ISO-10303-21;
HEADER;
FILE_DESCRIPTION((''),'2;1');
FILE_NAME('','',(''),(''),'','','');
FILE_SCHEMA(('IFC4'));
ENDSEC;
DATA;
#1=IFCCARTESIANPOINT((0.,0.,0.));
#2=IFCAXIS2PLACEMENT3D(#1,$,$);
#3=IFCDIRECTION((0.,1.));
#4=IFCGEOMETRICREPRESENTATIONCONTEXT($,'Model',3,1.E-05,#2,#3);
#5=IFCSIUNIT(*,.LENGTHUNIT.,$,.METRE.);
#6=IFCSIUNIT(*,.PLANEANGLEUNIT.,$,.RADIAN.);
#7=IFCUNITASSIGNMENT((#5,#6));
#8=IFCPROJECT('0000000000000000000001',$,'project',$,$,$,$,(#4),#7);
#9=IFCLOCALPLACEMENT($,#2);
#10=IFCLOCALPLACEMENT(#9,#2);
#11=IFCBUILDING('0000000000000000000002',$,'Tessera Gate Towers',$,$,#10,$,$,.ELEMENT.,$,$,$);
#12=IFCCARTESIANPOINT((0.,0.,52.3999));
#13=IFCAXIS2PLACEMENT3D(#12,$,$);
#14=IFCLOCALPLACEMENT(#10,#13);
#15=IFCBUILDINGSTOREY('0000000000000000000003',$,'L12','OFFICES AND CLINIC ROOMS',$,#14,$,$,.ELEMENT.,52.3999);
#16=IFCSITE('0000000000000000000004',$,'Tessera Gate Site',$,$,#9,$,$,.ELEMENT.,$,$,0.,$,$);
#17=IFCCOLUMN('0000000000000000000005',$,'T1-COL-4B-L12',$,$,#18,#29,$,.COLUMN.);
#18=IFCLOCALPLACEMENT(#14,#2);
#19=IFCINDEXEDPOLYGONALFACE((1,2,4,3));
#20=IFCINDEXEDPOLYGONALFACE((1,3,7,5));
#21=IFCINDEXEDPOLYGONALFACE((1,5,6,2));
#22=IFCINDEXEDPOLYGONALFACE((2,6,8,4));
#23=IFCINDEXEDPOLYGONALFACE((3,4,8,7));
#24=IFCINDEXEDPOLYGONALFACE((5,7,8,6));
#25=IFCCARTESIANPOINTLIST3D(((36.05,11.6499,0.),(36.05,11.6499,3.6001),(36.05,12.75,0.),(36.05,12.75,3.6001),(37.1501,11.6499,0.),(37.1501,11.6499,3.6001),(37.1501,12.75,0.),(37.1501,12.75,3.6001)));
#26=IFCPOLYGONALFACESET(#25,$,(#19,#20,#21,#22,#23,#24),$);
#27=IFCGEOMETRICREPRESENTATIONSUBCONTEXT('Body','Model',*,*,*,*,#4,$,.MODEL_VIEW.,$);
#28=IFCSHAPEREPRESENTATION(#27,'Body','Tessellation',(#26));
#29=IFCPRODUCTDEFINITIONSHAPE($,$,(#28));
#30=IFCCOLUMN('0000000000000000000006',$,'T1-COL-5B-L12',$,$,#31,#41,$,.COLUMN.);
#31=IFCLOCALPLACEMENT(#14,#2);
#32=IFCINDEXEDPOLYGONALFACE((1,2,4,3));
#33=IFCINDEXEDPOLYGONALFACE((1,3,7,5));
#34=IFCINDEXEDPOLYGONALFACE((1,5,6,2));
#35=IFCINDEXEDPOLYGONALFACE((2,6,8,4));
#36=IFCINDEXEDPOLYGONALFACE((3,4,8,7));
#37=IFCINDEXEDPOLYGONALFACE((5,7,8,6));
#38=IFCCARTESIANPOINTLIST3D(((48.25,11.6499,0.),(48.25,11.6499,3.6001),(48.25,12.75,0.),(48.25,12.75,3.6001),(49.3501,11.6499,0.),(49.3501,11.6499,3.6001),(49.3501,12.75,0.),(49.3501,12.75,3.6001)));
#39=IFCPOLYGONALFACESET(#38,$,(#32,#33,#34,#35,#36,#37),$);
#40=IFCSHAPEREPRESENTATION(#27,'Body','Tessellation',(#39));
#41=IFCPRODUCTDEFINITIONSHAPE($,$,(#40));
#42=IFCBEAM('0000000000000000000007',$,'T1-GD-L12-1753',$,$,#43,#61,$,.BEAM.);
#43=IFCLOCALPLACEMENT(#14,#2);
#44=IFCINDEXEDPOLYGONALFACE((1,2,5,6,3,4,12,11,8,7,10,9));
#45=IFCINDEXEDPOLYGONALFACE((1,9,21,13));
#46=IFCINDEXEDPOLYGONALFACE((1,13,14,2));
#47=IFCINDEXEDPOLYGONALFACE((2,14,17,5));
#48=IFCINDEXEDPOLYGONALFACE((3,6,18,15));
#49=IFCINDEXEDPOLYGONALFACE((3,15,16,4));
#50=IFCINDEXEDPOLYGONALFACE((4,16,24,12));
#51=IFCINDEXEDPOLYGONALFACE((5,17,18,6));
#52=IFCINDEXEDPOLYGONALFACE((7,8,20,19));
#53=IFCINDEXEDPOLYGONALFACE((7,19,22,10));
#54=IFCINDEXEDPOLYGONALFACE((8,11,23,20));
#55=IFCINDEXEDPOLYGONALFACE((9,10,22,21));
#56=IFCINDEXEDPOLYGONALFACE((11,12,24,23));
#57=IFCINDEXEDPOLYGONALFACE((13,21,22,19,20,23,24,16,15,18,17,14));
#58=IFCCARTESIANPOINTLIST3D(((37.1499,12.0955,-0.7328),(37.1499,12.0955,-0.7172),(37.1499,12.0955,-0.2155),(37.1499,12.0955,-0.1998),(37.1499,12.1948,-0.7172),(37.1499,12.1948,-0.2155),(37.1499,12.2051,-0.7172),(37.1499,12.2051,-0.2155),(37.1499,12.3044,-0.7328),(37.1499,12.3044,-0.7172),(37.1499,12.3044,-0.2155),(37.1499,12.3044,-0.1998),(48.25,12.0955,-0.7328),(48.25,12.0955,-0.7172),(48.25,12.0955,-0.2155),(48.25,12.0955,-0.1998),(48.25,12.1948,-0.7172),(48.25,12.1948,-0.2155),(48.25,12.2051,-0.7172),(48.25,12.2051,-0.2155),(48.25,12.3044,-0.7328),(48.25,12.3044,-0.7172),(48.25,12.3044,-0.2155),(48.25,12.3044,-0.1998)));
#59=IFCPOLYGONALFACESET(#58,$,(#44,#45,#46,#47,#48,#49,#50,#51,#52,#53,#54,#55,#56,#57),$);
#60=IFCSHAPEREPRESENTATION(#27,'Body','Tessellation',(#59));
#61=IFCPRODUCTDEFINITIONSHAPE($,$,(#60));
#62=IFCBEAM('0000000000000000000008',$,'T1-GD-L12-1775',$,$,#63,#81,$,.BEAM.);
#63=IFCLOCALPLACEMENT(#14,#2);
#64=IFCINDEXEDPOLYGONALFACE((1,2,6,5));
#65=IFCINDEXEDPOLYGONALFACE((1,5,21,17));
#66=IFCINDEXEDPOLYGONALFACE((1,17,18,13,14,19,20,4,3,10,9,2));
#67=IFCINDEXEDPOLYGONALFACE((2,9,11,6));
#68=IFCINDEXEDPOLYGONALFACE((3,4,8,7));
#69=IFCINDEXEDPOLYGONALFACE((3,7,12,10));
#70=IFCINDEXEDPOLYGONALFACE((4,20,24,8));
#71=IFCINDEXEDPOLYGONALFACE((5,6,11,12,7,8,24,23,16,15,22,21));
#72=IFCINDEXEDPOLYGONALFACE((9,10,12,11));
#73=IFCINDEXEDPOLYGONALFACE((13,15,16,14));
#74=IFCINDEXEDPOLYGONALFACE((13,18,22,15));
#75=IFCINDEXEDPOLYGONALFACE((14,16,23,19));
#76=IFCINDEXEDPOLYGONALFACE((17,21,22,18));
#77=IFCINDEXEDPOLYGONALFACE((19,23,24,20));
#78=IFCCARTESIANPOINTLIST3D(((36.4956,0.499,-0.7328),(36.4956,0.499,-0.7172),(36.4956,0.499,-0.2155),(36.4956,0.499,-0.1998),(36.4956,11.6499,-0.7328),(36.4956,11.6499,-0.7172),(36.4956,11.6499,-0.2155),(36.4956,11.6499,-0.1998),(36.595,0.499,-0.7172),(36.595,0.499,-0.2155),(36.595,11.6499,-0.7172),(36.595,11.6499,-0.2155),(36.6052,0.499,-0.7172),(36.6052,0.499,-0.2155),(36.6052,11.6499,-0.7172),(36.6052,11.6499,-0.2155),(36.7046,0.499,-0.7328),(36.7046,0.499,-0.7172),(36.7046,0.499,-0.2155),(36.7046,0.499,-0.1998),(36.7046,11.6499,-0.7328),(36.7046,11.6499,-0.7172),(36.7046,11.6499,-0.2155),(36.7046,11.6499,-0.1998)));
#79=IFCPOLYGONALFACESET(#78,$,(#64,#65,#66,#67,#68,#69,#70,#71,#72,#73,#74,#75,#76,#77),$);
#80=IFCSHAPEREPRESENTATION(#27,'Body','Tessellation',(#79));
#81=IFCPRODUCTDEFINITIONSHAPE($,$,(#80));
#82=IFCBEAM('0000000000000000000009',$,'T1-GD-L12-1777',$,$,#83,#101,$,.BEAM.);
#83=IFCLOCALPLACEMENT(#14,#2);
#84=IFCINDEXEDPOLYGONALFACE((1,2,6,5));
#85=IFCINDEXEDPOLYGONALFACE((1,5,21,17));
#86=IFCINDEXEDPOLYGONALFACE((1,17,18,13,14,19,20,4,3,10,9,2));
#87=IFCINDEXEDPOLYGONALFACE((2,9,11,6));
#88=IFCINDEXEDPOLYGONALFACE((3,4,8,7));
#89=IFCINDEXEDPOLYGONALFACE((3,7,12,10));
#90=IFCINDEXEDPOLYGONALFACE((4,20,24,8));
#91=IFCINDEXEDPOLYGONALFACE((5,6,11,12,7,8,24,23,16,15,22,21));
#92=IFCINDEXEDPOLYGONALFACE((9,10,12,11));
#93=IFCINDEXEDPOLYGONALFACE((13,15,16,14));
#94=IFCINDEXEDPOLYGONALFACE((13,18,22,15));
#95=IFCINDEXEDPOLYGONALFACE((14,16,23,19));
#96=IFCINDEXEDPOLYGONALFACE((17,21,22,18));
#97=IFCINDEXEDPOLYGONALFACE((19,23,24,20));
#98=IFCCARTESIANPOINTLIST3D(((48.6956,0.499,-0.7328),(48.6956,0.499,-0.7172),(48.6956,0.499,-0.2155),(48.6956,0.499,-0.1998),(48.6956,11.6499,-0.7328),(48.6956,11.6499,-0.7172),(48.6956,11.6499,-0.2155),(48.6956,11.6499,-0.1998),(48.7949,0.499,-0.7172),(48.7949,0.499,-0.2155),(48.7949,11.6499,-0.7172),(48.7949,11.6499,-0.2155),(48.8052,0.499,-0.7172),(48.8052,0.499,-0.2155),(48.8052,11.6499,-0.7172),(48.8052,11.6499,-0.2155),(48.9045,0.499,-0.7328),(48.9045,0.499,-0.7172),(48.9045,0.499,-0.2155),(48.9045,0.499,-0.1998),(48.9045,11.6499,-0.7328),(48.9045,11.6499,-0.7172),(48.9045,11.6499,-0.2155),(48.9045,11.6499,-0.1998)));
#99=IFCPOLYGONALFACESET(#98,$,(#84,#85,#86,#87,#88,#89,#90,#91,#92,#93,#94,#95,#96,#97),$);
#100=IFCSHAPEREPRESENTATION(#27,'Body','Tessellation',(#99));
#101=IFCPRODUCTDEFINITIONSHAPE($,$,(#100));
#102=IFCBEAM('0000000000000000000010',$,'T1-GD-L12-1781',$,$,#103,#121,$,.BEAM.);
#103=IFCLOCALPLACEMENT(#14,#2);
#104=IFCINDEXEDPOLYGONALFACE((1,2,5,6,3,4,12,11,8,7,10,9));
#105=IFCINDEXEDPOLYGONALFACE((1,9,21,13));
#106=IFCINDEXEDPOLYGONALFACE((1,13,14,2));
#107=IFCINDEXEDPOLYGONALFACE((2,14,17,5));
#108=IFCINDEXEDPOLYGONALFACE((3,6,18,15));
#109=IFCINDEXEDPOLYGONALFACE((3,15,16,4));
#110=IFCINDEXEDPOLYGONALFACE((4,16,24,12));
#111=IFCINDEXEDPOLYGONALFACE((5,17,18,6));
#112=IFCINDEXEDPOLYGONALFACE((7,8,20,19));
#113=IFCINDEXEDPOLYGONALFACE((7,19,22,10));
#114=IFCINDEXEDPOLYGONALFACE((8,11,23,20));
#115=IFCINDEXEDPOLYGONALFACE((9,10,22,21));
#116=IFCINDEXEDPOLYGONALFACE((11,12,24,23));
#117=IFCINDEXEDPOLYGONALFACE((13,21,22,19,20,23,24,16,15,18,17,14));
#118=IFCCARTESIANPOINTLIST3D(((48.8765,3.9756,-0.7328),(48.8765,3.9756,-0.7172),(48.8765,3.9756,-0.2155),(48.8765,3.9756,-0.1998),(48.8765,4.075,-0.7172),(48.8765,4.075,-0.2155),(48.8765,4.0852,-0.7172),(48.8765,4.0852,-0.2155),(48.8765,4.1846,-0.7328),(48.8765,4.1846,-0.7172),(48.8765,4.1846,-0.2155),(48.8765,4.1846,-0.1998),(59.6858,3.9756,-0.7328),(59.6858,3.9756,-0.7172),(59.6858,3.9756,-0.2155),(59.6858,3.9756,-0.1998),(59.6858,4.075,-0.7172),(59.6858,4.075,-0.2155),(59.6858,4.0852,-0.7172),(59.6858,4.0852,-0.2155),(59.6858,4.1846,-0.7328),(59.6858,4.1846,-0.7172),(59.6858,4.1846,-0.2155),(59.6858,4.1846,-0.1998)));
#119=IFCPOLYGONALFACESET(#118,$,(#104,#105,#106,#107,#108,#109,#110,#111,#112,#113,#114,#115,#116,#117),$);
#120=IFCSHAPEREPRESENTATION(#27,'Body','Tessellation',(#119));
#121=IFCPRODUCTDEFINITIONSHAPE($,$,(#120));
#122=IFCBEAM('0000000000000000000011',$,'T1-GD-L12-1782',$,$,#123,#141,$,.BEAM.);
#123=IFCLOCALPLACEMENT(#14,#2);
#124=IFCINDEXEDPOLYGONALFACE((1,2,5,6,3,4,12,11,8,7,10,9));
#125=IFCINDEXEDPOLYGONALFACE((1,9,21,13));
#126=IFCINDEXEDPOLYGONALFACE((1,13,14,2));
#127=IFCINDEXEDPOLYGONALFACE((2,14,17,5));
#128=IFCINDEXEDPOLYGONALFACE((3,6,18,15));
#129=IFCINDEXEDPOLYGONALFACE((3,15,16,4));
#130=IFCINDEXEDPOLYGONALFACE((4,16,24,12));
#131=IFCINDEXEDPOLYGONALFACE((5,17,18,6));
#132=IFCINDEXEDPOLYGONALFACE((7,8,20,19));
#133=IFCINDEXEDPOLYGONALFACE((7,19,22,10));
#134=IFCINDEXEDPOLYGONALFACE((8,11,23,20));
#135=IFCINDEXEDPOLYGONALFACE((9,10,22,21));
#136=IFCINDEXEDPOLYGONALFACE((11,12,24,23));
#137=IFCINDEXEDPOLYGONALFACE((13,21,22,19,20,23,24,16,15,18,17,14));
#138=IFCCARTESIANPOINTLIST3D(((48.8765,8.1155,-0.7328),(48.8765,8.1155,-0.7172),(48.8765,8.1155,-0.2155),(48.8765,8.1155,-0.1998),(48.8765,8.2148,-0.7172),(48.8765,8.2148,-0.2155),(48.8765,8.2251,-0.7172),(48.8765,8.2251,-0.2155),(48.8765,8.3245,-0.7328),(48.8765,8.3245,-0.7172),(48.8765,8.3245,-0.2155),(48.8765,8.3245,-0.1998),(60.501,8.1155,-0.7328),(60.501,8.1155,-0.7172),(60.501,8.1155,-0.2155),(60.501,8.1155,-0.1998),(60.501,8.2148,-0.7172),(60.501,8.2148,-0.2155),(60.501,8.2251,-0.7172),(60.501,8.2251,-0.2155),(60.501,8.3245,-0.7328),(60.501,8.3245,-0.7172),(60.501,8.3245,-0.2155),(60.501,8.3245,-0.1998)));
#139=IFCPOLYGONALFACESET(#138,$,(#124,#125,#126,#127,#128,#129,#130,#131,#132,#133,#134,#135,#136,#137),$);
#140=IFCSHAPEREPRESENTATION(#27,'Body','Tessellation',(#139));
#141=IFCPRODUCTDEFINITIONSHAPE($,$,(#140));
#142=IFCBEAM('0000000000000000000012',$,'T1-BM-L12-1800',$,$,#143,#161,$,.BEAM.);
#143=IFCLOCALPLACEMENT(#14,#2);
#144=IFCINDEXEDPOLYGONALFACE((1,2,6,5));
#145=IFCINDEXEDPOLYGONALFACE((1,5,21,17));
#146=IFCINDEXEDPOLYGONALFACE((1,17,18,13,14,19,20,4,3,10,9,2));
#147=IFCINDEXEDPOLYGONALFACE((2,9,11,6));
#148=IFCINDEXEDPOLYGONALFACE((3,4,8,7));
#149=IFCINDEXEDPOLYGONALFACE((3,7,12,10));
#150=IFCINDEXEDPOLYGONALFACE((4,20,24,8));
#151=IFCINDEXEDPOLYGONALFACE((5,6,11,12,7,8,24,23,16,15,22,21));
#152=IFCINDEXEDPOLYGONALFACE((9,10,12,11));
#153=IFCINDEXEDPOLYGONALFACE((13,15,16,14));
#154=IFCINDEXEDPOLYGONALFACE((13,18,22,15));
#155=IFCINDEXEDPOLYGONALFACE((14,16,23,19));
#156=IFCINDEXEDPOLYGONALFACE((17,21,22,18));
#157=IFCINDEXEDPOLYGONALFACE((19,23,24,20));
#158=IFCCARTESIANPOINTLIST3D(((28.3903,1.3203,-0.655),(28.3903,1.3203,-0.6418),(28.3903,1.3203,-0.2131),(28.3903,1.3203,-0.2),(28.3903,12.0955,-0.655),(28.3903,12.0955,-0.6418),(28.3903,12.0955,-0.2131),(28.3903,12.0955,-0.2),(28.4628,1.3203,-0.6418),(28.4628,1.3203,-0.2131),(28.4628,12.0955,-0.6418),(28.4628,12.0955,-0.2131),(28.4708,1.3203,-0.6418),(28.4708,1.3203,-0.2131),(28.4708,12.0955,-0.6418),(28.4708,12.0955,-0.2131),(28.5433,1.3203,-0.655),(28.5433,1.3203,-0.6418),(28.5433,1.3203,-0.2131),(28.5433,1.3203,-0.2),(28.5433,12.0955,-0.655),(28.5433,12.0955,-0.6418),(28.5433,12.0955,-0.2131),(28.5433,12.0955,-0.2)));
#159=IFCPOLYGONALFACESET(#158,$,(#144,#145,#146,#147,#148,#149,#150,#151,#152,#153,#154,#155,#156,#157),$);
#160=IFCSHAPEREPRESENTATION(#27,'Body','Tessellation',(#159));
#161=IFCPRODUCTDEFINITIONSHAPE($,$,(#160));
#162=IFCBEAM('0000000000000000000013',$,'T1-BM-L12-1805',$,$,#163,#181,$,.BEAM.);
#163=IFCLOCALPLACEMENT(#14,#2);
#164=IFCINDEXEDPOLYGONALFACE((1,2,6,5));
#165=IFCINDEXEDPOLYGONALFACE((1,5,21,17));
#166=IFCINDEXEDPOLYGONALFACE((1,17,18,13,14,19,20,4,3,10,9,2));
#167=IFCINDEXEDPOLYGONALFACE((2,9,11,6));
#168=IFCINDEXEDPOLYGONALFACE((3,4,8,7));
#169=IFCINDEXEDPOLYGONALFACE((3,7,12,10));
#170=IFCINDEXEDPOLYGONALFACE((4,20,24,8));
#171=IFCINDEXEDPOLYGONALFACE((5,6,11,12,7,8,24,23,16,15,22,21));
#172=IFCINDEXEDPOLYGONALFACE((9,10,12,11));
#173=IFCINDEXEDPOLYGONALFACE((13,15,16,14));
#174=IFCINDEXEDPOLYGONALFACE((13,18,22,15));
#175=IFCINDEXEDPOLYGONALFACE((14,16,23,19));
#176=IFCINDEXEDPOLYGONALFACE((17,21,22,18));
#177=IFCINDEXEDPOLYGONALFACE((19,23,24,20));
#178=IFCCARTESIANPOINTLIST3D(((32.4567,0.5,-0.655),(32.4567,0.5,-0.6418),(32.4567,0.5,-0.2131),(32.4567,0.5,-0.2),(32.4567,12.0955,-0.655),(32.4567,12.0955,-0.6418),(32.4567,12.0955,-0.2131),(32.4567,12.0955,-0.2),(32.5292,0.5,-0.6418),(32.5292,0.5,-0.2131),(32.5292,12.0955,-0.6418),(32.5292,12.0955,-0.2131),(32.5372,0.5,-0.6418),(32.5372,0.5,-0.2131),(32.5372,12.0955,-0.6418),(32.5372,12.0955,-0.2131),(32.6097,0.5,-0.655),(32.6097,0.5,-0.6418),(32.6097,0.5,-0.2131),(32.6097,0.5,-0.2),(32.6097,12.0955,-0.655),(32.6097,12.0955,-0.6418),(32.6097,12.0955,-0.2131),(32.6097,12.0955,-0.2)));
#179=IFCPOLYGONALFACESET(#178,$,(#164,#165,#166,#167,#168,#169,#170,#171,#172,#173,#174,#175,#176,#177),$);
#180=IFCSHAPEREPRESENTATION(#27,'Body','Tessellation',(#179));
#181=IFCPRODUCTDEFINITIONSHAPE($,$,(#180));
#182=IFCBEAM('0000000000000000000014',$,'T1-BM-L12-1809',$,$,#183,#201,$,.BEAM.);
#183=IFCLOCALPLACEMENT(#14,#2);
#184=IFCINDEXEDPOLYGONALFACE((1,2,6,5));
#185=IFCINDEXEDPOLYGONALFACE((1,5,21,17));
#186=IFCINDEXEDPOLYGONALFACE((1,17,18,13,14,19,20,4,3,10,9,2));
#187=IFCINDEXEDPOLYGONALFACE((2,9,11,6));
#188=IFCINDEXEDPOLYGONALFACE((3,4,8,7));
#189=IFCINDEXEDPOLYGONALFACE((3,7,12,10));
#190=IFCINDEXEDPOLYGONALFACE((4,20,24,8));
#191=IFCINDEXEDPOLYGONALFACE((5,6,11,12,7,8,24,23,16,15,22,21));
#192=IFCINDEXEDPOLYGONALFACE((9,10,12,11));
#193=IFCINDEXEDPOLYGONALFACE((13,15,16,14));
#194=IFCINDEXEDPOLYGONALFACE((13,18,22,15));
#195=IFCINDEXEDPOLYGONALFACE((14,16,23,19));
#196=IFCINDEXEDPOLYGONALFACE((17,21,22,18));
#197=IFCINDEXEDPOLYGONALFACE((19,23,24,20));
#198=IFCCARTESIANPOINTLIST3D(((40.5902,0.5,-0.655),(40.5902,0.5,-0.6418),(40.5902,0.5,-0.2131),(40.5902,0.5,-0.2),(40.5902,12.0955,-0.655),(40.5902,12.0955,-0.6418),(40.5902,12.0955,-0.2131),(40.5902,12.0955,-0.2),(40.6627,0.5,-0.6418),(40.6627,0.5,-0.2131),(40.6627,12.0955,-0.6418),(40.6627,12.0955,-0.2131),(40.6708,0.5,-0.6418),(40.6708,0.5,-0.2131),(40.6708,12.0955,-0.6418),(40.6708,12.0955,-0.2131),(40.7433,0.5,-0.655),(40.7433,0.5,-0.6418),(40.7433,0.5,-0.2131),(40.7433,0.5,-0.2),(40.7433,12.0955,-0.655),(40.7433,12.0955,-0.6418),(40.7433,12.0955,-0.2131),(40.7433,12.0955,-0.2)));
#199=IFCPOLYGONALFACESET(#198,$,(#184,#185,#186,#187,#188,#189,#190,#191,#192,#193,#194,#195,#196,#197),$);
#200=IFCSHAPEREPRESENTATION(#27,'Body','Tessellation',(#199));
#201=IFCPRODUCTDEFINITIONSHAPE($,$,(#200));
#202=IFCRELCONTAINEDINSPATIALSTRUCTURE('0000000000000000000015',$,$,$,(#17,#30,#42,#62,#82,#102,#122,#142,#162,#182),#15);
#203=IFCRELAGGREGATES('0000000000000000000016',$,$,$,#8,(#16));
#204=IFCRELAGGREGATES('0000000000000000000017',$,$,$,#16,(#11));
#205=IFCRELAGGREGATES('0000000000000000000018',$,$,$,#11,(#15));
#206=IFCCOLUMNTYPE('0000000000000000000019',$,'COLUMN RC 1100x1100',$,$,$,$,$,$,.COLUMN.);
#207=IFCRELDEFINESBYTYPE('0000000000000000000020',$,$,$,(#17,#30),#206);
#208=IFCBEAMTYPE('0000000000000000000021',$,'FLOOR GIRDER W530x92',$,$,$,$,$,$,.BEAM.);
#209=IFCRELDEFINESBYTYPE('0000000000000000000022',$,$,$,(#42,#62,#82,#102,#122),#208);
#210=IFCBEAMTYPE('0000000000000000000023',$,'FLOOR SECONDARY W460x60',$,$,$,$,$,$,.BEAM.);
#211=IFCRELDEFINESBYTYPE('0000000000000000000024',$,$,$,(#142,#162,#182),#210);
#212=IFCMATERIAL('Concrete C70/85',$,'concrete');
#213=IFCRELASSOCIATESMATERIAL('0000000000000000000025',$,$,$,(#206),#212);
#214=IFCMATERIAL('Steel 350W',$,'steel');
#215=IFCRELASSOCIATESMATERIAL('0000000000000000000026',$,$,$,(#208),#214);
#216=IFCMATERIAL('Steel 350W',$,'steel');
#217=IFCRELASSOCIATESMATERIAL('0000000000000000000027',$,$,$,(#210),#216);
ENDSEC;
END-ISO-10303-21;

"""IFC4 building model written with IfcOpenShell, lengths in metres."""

from ifc_helpers import new_model, si_unit, direction, frame, origin, origin_2d, place, context, subcontext, project, spatial, rectangle, i_section, extrude, material, material_profile, profile_set, type_object, element, save


model = new_model("IFC4")

# Units and contexts
model_context = context("Model", 3, precision=1e-05, world=origin(), true_north=direction((0.0, 1.0)))
body_context = subcontext(model_context, "Body", "Model", "MODEL_VIEW")
ifc_project = project(units=[si_unit("LENGTHUNIT", "METRE"), si_unit("PLANEANGLEUNIT", "RADIAN")], contexts=[model_context])

# Site, building, storey
site_placement = place(None, origin())
site = spatial("IfcSite", under=ifc_project, at=site_placement, Name="Tessera Gate Site", CompositionType="ELEMENT", RefElevation=0.0)
building_placement = place(site_placement, origin())
building = spatial("IfcBuilding", under=site, at=building_placement, Name="Tessera Gate Towers", CompositionType="ELEMENT")
storey_placement = place(building_placement, frame((0.0, 0.0, 52.3999)))
storey = spatial("IfcBuildingStorey", under=building, at=storey_placement, Name="L12", Description="OFFICES AND CLINIC ROOMS", CompositionType="ELEMENT", Elevation=52.3999)

# Columns
ifc_material_1 = material(Name="Concrete C70/85", Category="concrete")
ifc_material_profile_1 = material_profile(ifc_material_1, rectangle(XDim=1.1001, YDim=1.1001, at=origin_2d()), Name="RC 1100x1100")
ifc_profile_set_1 = profile_set([ifc_material_profile_1], Name="Concrete C70/85")
column_type = type_object("IfcColumnType", Name="COLUMN RC 1100x1100", PredefinedType="COLUMN", material=ifc_profile_set_1)
for number, where, z_axis, x_axis, name in (
    (1, (36.6001, 12.2, 0.0), (0.0, 0.0, 1.0), (1.0, 0.0, 0.0), "T1-COL-4B-L12"),
    (2, (48.8, 12.2, 0.0), (0.0, 0.0, 1.0), (1.0, 0.0, 0.0), "T1-COL-5B-L12"),
):
    element("IfcColumn", number, at=place(storey_placement, frame(where, z_axis=z_axis, x_axis=x_axis)), inside=storey, type_object=column_type, Name=name, PredefinedType="COLUMN", context=body_context, shape_type="SweptSolid", body=[
        extrude(rectangle(XDim=1.1001, YDim=1.1001, at=origin_2d()), origin(), (0.0, 0.0, 1.0), 3.6001),
    ])

# Beams
ifc_material_2 = material(Name="Steel 350W", Category="steel")
ifc_material_profile_2 = material_profile(ifc_material_2, i_section(OverallWidth=0.209, OverallDepth=0.533, WebThickness=0.0103, FlangeThickness=0.0156, at=origin_2d()), Name="W530x92")
ifc_profile_set_2 = profile_set([ifc_material_profile_2], Name="Steel 350W")
beam_type_1 = type_object("IfcBeamType", Name="FLOOR GIRDER W530x92", PredefinedType="BEAM", material=ifc_profile_set_2)
beam_1_placement = place(storey_placement, frame((37.1499, 12.2, -0.4663), z_axis=(1.0, 0.0, 0.0), x_axis=(0.0, 1.0, 0.0)))
element("IfcBeam", 3, at=beam_1_placement, inside=storey, type_object=beam_type_1, Name="T1-GD-L12-1753", PredefinedType="BEAM", context=body_context, shape_type="SweptSolid", body=[
    extrude(i_section(OverallWidth=0.209, OverallDepth=0.533, WebThickness=0.0103, FlangeThickness=0.0156, at=origin_2d()), origin(), (0.0, 0.0, 1.0), 11.1001),
])
for number, where, z_axis, x_axis, name in (
    (4, (36.6001, 0.499, -0.4663), (0.0, 1.0, 0.0), (-1.0, 0.0, 0.0), "T1-GD-L12-1775"),
    (5, (48.8, 0.499, -0.4663), (0.0, 1.0, 0.0), (-1.0, 0.0, 0.0), "T1-GD-L12-1777"),
):
    element("IfcBeam", number, at=place(storey_placement, frame(where, z_axis=z_axis, x_axis=x_axis)), inside=storey, type_object=beam_type_1, Name=name, PredefinedType="BEAM", context=body_context, shape_type="SweptSolid", body=[
        extrude(i_section(OverallWidth=0.209, OverallDepth=0.533, WebThickness=0.0103, FlangeThickness=0.0156, at=origin_2d()), origin(), (0.0, 0.0, 1.0), 11.1509),
    ])
beam_2_placement = place(storey_placement, frame((48.8765, 4.0801, -0.4663), z_axis=(1.0, 0.0, 0.0), x_axis=(0.0, 1.0, 0.0)))
element("IfcBeam", 6, at=beam_2_placement, inside=storey, type_object=beam_type_1, Name="T1-GD-L12-1781", PredefinedType="BEAM", context=body_context, shape_type="SweptSolid", body=[
    extrude(i_section(OverallWidth=0.209, OverallDepth=0.533, WebThickness=0.0103, FlangeThickness=0.0156, at=origin_2d()), origin(), (0.0, 0.0, 1.0), 10.8093),
])
beam_3_placement = place(storey_placement, frame((48.8765, 8.22, -0.4663), z_axis=(1.0, 0.0, 0.0), x_axis=(0.0, 1.0, 0.0)))
element("IfcBeam", 7, at=beam_3_placement, inside=storey, type_object=beam_type_1, Name="T1-GD-L12-1782", PredefinedType="BEAM", context=body_context, shape_type="SweptSolid", body=[
    extrude(i_section(OverallWidth=0.209, OverallDepth=0.533, WebThickness=0.0103, FlangeThickness=0.0156, at=origin_2d()), origin(), (0.0, 0.0, 1.0), 11.6245),
])
ifc_material_3 = material(Name="Steel 350W", Category="steel")
ifc_material_profile_3 = material_profile(ifc_material_3, i_section(OverallWidth=0.1531, OverallDepth=0.4551, WebThickness=0.0081, FlangeThickness=0.0132, at=origin_2d()), Name="W460x60")
ifc_profile_set_3 = profile_set([ifc_material_profile_3], Name="Steel 350W")
beam_type_2 = type_object("IfcBeamType", Name="FLOOR SECONDARY W460x60", PredefinedType="BEAM", material=ifc_profile_set_3)
beam_4_placement = place(storey_placement, frame((28.4668, 1.3203, -0.4275), z_axis=(0.0, 1.0, 0.0), x_axis=(-1.0, 0.0, 0.0)))
element("IfcBeam", 8, at=beam_4_placement, inside=storey, type_object=beam_type_2, Name="T1-BM-L12-1800", PredefinedType="BEAM", context=body_context, shape_type="SweptSolid", body=[
    extrude(i_section(OverallWidth=0.1531, OverallDepth=0.4551, WebThickness=0.0081, FlangeThickness=0.0132, at=origin_2d()), origin(), (0.0, 0.0, 1.0), 10.7751),
])
for number, where, z_axis, x_axis, name in (
    (9, (32.5332, 0.5, -0.4275), (0.0, 1.0, 0.0), (-1.0, 0.0, 0.0), "T1-BM-L12-1805"),
    (10, (40.6667, 0.5, -0.4275), (0.0, 1.0, 0.0), (-1.0, 0.0, 0.0), "T1-BM-L12-1809"),
):
    element("IfcBeam", number, at=place(storey_placement, frame(where, z_axis=z_axis, x_axis=x_axis)), inside=storey, type_object=beam_type_2, Name=name, PredefinedType="BEAM", context=body_context, shape_type="SweptSolid", body=[
        extrude(i_section(OverallWidth=0.1531, OverallDepth=0.4551, WebThickness=0.0081, FlangeThickness=0.0132, at=origin_2d()), origin(), (0.0, 0.0, 1.0), 11.5955),
    ])

save(model, "model.ifc")
